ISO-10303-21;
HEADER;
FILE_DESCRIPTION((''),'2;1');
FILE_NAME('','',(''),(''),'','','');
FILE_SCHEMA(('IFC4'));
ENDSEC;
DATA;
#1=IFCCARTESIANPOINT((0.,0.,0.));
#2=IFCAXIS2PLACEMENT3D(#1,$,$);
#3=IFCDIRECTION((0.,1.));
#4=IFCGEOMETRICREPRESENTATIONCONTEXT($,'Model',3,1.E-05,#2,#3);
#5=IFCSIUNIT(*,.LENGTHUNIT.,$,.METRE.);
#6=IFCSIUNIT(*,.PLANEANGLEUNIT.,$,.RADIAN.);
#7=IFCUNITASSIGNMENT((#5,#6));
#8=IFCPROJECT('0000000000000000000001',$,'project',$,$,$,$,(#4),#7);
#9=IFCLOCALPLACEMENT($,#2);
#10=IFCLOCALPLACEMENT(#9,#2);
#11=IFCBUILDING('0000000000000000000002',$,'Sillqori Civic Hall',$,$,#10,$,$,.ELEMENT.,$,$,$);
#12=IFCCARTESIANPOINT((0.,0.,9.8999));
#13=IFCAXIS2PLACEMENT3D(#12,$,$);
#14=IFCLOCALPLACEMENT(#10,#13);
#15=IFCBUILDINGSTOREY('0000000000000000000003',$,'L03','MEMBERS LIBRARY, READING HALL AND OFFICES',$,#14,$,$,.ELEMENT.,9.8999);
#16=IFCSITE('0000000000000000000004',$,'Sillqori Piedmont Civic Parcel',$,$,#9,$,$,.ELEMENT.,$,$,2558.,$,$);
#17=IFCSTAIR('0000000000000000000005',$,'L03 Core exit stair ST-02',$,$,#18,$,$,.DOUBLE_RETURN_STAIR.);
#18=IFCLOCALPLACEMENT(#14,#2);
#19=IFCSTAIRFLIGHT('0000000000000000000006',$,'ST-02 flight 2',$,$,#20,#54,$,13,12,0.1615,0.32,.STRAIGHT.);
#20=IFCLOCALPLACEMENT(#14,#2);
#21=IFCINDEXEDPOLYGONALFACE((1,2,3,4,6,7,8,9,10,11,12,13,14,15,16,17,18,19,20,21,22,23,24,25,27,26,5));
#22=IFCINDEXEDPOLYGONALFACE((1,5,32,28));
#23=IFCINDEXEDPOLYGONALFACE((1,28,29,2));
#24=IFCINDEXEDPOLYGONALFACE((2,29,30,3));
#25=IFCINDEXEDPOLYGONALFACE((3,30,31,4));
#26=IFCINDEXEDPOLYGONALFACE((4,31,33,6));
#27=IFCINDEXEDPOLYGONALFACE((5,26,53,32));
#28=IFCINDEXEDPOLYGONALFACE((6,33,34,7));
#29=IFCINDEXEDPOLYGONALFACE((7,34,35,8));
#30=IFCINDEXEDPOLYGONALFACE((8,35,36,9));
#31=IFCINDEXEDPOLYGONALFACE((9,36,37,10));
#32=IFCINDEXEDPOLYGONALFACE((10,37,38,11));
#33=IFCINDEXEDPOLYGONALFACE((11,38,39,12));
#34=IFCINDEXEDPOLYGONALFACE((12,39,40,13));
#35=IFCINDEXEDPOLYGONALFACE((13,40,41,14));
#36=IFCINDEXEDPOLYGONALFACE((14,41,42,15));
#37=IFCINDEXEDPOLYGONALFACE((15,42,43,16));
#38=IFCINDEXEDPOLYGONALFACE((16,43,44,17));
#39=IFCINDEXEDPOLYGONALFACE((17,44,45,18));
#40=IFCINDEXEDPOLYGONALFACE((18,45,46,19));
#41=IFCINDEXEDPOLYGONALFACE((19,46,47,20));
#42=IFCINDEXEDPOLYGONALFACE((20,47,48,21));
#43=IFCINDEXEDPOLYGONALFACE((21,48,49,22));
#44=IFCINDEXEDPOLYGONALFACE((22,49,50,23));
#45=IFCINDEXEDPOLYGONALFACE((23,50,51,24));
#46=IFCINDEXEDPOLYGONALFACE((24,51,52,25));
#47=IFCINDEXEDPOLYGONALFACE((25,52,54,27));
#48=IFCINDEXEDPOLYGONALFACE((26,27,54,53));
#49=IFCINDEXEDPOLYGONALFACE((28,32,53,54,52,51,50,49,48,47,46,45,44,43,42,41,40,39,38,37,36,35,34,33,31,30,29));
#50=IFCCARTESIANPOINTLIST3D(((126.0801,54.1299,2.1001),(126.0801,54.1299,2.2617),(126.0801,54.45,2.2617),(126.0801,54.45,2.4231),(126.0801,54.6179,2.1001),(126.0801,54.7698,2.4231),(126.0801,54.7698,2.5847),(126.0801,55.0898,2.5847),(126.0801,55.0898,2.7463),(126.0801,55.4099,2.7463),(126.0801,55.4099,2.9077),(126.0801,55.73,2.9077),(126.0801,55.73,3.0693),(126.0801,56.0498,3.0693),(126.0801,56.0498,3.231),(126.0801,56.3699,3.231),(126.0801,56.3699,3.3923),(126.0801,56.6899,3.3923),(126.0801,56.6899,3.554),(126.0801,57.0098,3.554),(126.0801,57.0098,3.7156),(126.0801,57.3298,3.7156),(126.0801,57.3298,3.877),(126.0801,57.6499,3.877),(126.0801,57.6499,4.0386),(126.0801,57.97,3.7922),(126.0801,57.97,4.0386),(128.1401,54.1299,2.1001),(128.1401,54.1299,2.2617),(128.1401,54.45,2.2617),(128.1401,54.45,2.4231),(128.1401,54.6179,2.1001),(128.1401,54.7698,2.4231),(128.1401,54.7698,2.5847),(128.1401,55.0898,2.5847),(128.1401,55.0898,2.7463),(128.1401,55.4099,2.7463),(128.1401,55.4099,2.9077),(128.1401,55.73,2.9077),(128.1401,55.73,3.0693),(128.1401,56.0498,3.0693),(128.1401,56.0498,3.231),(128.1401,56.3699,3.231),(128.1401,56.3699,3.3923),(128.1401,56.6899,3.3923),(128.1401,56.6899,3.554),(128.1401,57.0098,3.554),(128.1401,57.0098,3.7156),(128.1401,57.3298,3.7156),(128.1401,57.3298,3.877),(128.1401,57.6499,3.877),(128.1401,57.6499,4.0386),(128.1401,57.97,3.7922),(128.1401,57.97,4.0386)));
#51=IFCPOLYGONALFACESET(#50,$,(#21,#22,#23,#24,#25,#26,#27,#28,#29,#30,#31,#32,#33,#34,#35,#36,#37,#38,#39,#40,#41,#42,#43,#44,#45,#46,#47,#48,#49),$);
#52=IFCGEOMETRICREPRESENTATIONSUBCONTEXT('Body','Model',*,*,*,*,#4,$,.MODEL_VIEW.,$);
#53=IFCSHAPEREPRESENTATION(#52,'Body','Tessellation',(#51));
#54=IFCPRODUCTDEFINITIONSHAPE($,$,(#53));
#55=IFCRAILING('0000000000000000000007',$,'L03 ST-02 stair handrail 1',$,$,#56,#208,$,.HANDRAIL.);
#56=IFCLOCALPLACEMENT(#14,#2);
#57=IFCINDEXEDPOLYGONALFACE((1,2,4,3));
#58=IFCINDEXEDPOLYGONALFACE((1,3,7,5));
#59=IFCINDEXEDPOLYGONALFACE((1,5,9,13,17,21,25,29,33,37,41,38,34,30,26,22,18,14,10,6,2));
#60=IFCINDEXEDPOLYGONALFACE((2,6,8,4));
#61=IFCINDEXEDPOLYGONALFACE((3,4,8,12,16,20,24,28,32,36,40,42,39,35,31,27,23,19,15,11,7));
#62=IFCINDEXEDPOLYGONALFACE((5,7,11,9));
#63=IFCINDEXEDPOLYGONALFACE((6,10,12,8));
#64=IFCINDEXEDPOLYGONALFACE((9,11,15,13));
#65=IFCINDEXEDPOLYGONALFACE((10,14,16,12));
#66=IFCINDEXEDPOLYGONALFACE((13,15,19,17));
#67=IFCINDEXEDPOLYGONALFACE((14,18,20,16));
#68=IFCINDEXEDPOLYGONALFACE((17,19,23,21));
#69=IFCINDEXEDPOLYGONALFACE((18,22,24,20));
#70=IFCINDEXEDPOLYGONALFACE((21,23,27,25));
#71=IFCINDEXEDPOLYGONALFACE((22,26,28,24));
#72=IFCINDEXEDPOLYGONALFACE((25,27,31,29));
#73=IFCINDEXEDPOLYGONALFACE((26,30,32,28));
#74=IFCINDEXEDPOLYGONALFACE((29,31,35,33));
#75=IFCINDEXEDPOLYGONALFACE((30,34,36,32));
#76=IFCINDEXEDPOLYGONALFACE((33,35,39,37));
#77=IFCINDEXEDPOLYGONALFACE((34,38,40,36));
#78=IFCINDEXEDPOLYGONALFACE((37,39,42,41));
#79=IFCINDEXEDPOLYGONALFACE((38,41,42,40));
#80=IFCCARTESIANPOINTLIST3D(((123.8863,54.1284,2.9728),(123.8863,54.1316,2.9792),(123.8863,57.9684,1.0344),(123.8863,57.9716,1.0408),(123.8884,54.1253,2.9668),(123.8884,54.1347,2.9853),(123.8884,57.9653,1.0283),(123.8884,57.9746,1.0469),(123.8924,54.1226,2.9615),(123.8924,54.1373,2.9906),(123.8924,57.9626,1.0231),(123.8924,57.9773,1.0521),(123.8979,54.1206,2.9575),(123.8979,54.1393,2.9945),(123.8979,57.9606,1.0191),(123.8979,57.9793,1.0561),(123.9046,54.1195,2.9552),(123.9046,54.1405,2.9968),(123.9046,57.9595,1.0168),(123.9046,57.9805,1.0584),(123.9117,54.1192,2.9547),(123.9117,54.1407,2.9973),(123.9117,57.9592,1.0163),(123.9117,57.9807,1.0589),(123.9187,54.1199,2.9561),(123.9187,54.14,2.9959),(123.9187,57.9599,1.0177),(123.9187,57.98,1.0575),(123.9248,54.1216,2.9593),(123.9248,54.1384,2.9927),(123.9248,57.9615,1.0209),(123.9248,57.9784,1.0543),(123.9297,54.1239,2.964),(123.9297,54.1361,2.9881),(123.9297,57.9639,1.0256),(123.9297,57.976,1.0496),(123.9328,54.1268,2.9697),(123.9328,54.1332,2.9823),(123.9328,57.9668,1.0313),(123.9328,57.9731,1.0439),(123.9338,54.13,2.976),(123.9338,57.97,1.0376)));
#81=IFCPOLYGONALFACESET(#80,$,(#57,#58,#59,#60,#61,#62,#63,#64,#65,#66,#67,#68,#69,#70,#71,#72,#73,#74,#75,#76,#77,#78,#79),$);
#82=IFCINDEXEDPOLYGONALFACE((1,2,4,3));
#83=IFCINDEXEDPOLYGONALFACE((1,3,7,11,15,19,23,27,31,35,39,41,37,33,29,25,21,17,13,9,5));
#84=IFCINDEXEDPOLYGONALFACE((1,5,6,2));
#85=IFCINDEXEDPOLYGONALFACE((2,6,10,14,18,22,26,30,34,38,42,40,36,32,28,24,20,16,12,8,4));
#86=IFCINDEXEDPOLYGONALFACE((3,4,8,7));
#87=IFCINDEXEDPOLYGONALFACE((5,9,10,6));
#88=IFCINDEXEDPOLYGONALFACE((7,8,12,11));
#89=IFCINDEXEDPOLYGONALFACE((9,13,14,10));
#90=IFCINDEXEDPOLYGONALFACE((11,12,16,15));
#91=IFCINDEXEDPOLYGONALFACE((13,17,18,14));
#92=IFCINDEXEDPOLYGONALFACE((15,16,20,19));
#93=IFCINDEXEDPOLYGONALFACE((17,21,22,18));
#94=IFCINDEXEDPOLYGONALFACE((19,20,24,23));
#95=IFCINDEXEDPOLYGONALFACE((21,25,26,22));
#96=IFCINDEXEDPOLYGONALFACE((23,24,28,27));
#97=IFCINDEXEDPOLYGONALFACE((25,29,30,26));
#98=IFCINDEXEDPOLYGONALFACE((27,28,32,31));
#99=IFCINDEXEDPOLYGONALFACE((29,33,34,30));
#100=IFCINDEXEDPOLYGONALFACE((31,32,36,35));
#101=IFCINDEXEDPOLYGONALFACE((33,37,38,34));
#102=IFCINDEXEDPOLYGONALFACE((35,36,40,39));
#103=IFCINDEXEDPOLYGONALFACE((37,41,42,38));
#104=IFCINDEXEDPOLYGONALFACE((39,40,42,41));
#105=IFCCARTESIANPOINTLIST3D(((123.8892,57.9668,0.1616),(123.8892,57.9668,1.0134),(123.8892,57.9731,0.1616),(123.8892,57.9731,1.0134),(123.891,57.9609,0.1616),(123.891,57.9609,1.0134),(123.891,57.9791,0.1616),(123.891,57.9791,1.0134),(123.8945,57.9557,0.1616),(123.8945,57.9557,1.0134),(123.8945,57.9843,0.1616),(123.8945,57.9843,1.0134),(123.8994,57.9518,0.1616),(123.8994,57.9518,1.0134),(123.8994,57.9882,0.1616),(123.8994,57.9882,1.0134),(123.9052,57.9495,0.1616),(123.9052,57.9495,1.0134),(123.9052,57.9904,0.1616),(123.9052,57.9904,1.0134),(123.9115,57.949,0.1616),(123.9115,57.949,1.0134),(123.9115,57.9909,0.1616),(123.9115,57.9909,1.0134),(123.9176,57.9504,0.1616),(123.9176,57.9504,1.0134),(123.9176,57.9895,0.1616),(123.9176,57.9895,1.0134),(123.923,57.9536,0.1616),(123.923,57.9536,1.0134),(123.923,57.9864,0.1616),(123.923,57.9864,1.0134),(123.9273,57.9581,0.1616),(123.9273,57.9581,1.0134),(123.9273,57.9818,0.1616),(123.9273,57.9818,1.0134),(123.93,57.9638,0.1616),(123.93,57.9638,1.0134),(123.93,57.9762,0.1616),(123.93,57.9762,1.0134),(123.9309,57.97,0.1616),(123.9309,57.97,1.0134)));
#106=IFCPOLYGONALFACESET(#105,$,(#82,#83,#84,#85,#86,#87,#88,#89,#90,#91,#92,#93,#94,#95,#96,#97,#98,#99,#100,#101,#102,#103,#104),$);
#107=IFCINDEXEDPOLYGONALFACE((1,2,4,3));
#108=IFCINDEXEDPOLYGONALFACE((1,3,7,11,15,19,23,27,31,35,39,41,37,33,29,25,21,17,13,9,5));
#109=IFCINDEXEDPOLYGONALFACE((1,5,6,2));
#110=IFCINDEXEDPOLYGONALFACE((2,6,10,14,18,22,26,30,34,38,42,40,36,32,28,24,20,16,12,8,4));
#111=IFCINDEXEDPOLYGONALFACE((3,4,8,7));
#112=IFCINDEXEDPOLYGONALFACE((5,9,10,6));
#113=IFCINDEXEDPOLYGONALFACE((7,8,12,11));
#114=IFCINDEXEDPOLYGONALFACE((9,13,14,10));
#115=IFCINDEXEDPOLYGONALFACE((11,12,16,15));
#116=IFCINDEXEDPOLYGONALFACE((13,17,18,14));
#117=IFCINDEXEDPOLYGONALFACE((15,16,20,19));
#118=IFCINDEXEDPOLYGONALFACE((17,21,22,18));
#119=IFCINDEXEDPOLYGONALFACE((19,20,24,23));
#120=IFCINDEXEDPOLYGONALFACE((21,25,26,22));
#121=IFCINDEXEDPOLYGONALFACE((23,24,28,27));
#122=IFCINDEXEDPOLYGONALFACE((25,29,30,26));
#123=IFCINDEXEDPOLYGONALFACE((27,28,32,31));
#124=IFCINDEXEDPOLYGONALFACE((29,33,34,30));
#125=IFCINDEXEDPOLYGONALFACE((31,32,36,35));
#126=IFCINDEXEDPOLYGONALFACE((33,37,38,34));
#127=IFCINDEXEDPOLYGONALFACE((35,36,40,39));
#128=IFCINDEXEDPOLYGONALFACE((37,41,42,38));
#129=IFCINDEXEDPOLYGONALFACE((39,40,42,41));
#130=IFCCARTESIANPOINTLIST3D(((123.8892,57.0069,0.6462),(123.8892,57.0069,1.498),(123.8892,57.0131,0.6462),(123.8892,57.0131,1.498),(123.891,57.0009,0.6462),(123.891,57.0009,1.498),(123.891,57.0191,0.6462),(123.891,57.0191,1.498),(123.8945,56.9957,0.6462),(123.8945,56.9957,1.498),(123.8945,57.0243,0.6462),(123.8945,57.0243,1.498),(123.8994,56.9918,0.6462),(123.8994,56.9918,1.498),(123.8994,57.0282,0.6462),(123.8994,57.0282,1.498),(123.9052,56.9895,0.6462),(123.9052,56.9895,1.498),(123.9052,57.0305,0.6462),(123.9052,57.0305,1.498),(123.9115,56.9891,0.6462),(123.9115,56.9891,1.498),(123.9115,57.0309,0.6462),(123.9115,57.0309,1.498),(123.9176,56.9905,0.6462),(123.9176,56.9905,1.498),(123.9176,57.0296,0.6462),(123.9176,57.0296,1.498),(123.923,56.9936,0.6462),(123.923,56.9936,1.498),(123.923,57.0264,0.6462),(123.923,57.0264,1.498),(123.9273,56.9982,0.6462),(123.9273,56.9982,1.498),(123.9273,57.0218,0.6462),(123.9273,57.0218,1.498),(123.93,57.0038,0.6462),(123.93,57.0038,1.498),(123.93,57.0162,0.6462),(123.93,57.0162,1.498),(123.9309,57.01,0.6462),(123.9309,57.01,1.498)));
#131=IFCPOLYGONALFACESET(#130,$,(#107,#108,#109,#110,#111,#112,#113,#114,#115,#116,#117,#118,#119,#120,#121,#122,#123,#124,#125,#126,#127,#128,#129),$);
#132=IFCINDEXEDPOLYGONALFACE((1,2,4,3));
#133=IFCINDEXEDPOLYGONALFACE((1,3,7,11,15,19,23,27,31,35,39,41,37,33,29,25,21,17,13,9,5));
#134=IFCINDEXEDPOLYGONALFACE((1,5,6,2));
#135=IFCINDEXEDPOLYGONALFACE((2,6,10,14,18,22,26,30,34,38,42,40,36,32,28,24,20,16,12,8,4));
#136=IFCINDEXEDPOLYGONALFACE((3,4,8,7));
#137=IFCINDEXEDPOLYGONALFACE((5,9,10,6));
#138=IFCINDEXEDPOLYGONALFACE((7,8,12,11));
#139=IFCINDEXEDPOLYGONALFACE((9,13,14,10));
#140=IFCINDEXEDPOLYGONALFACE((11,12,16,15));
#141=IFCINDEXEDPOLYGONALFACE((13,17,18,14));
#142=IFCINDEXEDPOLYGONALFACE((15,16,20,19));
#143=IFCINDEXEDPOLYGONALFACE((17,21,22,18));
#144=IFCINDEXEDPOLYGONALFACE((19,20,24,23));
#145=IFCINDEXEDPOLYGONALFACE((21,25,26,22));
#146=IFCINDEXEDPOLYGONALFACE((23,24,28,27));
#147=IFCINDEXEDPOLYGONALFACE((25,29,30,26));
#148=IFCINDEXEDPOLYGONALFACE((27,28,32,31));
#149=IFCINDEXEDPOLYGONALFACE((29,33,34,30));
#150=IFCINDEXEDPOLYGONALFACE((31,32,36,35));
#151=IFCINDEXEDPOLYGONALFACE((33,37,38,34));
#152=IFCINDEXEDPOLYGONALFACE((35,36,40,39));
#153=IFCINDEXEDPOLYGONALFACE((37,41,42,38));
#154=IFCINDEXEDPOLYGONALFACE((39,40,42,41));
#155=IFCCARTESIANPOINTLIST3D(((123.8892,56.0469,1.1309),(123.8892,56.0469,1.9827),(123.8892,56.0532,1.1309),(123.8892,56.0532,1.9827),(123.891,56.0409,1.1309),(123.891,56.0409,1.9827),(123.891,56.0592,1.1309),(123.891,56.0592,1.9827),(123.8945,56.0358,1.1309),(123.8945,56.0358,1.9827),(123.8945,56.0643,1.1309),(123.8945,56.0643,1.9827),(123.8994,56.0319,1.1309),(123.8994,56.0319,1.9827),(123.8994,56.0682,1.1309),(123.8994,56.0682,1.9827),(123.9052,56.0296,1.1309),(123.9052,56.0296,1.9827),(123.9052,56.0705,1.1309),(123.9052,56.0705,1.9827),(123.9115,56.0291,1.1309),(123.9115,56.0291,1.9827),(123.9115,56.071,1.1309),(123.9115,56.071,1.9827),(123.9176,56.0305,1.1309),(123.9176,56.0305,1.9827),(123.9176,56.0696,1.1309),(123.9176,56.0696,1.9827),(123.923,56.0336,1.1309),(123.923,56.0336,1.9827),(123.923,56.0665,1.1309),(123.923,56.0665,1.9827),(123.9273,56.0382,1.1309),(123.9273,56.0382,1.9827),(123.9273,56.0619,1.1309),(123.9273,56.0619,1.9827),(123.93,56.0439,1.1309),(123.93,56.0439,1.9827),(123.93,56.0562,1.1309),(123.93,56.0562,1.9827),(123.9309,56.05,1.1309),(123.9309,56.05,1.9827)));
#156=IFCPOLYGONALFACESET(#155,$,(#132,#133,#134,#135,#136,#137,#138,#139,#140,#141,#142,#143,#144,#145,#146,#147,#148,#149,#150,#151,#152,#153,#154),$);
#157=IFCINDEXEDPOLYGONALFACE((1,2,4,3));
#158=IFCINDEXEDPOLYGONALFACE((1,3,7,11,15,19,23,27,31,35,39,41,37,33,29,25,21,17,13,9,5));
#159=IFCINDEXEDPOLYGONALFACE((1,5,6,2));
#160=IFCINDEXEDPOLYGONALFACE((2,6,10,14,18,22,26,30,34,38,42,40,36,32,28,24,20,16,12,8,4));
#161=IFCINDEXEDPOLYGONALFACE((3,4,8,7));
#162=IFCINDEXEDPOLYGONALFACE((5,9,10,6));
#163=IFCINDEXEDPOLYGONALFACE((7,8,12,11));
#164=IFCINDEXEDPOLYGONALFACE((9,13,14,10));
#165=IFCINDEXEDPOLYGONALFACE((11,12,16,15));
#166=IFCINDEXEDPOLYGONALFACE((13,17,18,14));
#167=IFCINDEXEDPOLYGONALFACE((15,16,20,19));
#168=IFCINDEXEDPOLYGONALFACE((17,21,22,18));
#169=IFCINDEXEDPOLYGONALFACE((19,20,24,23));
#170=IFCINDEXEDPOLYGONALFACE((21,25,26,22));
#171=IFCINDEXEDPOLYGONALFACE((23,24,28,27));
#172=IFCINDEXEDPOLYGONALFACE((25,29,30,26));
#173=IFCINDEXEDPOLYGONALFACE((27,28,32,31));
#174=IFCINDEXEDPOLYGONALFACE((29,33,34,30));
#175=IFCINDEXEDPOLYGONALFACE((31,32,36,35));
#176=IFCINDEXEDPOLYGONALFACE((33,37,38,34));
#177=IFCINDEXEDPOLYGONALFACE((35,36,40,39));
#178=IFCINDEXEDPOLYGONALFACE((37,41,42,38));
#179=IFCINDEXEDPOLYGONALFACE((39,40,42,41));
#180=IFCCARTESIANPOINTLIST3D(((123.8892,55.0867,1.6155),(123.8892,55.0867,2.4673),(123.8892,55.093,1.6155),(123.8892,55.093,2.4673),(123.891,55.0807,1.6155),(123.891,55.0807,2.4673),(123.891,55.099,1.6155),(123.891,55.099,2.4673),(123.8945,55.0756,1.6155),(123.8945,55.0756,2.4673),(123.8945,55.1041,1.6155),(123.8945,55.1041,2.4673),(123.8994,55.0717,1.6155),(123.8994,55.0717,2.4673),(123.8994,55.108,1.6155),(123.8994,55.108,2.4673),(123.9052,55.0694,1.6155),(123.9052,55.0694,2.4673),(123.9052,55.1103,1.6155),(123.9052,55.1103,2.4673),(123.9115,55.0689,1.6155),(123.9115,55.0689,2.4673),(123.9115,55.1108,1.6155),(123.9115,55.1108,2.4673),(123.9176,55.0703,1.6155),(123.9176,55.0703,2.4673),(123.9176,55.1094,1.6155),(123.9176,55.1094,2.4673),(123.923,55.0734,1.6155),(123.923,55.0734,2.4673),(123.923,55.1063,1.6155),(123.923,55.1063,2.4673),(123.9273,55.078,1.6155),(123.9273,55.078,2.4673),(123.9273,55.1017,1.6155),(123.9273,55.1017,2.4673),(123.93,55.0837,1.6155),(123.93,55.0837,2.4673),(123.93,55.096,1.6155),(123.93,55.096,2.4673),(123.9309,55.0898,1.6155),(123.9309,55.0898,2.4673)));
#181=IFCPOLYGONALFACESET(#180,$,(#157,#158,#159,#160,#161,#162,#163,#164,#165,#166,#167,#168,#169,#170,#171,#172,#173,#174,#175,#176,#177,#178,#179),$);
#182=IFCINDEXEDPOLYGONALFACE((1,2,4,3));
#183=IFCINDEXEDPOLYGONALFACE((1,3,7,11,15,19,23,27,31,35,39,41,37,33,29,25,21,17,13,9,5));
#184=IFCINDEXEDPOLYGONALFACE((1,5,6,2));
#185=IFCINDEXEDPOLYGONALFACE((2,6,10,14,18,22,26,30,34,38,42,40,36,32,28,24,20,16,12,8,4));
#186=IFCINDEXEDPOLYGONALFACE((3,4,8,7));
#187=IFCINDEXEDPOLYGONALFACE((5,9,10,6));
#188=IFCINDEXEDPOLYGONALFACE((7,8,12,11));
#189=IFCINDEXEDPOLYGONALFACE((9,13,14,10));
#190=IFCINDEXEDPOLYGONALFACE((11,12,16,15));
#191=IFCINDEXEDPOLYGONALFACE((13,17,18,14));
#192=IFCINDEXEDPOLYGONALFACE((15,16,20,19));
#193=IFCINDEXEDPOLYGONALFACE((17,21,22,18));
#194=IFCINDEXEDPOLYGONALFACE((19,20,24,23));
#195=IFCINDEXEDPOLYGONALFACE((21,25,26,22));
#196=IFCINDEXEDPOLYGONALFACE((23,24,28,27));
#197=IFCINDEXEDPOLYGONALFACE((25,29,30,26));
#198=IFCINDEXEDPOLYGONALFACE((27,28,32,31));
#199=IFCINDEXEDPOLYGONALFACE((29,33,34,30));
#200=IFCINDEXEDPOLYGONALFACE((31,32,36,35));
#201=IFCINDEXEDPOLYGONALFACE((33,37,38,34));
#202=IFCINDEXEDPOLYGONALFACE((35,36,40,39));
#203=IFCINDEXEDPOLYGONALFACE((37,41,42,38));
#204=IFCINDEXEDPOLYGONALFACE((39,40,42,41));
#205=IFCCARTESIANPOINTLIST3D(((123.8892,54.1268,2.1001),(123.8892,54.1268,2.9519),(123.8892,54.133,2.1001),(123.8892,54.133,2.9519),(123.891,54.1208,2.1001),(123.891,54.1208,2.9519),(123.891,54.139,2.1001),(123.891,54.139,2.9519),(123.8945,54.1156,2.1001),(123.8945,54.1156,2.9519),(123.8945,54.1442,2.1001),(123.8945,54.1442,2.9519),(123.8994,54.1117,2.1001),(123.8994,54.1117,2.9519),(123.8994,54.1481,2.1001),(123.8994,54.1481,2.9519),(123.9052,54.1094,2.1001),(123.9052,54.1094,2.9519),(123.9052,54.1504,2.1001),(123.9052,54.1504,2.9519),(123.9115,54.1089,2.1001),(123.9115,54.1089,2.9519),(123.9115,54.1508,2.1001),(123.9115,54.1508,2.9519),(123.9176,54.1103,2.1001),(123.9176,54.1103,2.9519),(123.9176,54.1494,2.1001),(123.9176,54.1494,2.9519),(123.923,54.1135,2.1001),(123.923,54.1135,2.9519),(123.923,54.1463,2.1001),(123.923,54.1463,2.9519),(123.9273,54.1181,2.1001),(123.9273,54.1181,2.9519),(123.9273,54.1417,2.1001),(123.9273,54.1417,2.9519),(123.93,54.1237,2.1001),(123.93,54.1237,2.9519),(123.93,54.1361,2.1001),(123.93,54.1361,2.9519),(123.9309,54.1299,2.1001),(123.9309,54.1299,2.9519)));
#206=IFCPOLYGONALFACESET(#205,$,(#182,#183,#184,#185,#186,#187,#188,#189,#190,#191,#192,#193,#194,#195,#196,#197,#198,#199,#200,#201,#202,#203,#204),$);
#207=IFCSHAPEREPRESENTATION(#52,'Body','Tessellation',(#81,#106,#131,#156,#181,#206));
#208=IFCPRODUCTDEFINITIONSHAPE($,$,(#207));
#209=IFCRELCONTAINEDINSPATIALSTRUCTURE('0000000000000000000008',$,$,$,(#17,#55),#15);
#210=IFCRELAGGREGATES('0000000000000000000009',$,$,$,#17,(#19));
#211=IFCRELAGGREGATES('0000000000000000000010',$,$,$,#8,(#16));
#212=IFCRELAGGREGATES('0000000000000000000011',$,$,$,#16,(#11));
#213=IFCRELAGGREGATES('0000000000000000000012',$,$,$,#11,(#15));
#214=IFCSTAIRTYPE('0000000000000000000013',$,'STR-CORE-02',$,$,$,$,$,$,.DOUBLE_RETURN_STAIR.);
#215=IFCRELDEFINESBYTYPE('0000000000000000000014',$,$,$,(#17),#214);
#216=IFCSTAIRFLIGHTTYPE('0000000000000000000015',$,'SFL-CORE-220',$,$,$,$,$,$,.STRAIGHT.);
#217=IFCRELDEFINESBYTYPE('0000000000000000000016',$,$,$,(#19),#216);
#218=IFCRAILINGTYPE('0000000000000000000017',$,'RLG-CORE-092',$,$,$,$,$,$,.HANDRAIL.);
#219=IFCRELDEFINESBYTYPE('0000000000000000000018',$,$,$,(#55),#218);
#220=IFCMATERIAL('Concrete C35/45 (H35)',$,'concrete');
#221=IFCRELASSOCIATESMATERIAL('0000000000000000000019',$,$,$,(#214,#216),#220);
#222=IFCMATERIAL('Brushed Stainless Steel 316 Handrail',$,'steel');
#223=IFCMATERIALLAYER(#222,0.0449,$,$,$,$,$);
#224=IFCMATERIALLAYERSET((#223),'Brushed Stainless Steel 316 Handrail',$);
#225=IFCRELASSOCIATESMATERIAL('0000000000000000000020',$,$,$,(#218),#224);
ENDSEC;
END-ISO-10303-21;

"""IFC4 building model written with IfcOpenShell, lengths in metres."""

from ifc_helpers import new_model, si_unit, direction, frame, origin, origin_2d, place, context, subcontext, project, spatial, polyline, circle, outline, extrude, material, layer, layer_set, type_object, element, aggregate, save


model = new_model("IFC4")

# Units and contexts
model_context = context("Model", 3, precision=1e-05, world=origin(), true_north=direction((0.0, 1.0)))
body_context = subcontext(model_context, "Body", "Model", "MODEL_VIEW")
ifc_project = project(units=[si_unit("LENGTHUNIT", "METRE"), si_unit("PLANEANGLEUNIT", "RADIAN")], contexts=[model_context])

# Site, building, storey
site_placement = place(None, origin())
site = spatial("IfcSite", under=ifc_project, at=site_placement, Name="Sillqori Piedmont Civic Parcel", CompositionType="ELEMENT", RefElevation=2558.0)
building_placement = place(site_placement, origin())
building = spatial("IfcBuilding", under=site, at=building_placement, Name="Sillqori Civic Hall", CompositionType="ELEMENT")
storey_placement = place(building_placement, frame((0.0, 0.0, 9.8999)))
storey = spatial("IfcBuildingStorey", under=building, at=storey_placement, Name="L03", Description="MEMBERS LIBRARY, READING HALL AND OFFICES", CompositionType="ELEMENT", Elevation=9.8999)

# Shared definitions
ifc_material_1 = material(Name="Concrete C35/45 (H35)", Category="concrete")

# Stair, stair flight
stair_type = type_object("IfcStairType", Name="STR-CORE-02", PredefinedType="DOUBLE_RETURN_STAIR", material=ifc_material_1)
stair_placement = place(storey_placement, origin())
stair = element("IfcStair", 1, at=stair_placement, inside=storey, type_object=stair_type, Name="L03 Core exit stair ST-02", PredefinedType="DOUBLE_RETURN_STAIR")
stair_flight_type = type_object("IfcStairFlightType", Name="SFL-CORE-220", PredefinedType="STRAIGHT", material=ifc_material_1)
stair_flight_1_placement = place(storey_placement, frame((127.1101, 54.1299, 2.1001), z_axis=(0.0, 0.0, 1.0), x_axis=(0.0, 1.0, 0.0)))
stair_flight_1 = element("IfcStairFlight", 2, at=stair_flight_1_placement, type_object=stair_flight_type, Name="ST-02 flight 2", NumberOfRisers=13, NumberOfTreads=12, PredefinedType="STRAIGHT", RiserHeight=0.1615, TreadLength=0.32, context=body_context, shape_type="SweptSolid", body=[
    extrude(outline(polyline([(0.0, 0.0), (0.0, 0.1616), (0.3201, 0.1616), (0.3201, 0.323), (0.6399, 0.323), (0.6399, 0.4846), (0.96, 0.4846), (0.96, 0.6462), (1.28, 0.6462), (1.28, 0.8076), (1.6001, 0.8076), (1.6001, 0.9692), (1.9199, 0.9692), (1.9199, 1.1309), (2.24, 1.1309), (2.24, 1.2922), (2.5601, 1.2922), (2.5601, 1.4539), (2.8799, 1.4539), (2.8799, 1.6155), (3.2, 1.6155), (3.2, 1.7769), (3.52, 1.7769), (3.52, 1.9385), (3.8401, 1.9385), (3.8401, 2.1001), (3.8401, 1.6921), (0.488, 0.0), (0.0, 0.0)])), frame((0.0, 1.03, 0.0), z_axis=(0.0, -1.0, 0.0), x_axis=(1.0, 0.0, 0.0)), (0.0, 0.0, 1.0), 2.0601),
])
aggregate(stair, [stair_flight_1])

# Railing
ifc_material_2 = material(Name="Brushed Stainless Steel 316 Handrail", Category="steel")
ifc_layer_1 = layer(ifc_material_2, 0.0449)
ifc_layer_set_1 = layer_set([ifc_layer_1], Name="Brushed Stainless Steel 316 Handrail")
railing_type_1 = type_object("IfcRailingType", Name="RLG-CORE-092", PredefinedType="HANDRAIL", material=ifc_layer_set_1)
railing_1_placement = place(storey_placement, frame((123.9099, 57.97, 0.1616)))
element("IfcRailing", 3, at=railing_1_placement, inside=storey, type_object=railing_type_1, Name="L03 ST-02 stair handrail 1", PredefinedType="HANDRAIL", context=body_context, shape_type="SweptSolid", body=[
    extrude(circle(Radius=0.0239, at=origin_2d()), frame((0.0, 0.0, 0.876), z_axis=(0.0, -0.892707, 0.450638), x_axis=(1.0, 0.0, 0.0)), (0.0, 0.0, 1.0), 4.3015),
    extrude(circle(Radius=0.021, at=origin_2d()), origin(), (0.0, 0.0, 1.0), 0.8518),
    extrude(circle(Radius=0.021, at=origin_2d()), frame((0.0, -0.96, 0.4846)), (0.0, 0.0, 1.0), 0.8518),
    extrude(circle(Radius=0.021, at=origin_2d()), frame((0.0, -1.9199, 0.9692)), (0.0, 0.0, 1.0), 0.8518),
    extrude(circle(Radius=0.021, at=origin_2d()), frame((0.0, -2.8801, 1.4539)), (0.0, 0.0, 1.0), 0.8518),
    extrude(circle(Radius=0.021, at=origin_2d()), frame((0.0, -3.8401, 1.9385)), (0.0, 0.0, 1.0), 0.8518),
])

save(model, "model.ifc")
